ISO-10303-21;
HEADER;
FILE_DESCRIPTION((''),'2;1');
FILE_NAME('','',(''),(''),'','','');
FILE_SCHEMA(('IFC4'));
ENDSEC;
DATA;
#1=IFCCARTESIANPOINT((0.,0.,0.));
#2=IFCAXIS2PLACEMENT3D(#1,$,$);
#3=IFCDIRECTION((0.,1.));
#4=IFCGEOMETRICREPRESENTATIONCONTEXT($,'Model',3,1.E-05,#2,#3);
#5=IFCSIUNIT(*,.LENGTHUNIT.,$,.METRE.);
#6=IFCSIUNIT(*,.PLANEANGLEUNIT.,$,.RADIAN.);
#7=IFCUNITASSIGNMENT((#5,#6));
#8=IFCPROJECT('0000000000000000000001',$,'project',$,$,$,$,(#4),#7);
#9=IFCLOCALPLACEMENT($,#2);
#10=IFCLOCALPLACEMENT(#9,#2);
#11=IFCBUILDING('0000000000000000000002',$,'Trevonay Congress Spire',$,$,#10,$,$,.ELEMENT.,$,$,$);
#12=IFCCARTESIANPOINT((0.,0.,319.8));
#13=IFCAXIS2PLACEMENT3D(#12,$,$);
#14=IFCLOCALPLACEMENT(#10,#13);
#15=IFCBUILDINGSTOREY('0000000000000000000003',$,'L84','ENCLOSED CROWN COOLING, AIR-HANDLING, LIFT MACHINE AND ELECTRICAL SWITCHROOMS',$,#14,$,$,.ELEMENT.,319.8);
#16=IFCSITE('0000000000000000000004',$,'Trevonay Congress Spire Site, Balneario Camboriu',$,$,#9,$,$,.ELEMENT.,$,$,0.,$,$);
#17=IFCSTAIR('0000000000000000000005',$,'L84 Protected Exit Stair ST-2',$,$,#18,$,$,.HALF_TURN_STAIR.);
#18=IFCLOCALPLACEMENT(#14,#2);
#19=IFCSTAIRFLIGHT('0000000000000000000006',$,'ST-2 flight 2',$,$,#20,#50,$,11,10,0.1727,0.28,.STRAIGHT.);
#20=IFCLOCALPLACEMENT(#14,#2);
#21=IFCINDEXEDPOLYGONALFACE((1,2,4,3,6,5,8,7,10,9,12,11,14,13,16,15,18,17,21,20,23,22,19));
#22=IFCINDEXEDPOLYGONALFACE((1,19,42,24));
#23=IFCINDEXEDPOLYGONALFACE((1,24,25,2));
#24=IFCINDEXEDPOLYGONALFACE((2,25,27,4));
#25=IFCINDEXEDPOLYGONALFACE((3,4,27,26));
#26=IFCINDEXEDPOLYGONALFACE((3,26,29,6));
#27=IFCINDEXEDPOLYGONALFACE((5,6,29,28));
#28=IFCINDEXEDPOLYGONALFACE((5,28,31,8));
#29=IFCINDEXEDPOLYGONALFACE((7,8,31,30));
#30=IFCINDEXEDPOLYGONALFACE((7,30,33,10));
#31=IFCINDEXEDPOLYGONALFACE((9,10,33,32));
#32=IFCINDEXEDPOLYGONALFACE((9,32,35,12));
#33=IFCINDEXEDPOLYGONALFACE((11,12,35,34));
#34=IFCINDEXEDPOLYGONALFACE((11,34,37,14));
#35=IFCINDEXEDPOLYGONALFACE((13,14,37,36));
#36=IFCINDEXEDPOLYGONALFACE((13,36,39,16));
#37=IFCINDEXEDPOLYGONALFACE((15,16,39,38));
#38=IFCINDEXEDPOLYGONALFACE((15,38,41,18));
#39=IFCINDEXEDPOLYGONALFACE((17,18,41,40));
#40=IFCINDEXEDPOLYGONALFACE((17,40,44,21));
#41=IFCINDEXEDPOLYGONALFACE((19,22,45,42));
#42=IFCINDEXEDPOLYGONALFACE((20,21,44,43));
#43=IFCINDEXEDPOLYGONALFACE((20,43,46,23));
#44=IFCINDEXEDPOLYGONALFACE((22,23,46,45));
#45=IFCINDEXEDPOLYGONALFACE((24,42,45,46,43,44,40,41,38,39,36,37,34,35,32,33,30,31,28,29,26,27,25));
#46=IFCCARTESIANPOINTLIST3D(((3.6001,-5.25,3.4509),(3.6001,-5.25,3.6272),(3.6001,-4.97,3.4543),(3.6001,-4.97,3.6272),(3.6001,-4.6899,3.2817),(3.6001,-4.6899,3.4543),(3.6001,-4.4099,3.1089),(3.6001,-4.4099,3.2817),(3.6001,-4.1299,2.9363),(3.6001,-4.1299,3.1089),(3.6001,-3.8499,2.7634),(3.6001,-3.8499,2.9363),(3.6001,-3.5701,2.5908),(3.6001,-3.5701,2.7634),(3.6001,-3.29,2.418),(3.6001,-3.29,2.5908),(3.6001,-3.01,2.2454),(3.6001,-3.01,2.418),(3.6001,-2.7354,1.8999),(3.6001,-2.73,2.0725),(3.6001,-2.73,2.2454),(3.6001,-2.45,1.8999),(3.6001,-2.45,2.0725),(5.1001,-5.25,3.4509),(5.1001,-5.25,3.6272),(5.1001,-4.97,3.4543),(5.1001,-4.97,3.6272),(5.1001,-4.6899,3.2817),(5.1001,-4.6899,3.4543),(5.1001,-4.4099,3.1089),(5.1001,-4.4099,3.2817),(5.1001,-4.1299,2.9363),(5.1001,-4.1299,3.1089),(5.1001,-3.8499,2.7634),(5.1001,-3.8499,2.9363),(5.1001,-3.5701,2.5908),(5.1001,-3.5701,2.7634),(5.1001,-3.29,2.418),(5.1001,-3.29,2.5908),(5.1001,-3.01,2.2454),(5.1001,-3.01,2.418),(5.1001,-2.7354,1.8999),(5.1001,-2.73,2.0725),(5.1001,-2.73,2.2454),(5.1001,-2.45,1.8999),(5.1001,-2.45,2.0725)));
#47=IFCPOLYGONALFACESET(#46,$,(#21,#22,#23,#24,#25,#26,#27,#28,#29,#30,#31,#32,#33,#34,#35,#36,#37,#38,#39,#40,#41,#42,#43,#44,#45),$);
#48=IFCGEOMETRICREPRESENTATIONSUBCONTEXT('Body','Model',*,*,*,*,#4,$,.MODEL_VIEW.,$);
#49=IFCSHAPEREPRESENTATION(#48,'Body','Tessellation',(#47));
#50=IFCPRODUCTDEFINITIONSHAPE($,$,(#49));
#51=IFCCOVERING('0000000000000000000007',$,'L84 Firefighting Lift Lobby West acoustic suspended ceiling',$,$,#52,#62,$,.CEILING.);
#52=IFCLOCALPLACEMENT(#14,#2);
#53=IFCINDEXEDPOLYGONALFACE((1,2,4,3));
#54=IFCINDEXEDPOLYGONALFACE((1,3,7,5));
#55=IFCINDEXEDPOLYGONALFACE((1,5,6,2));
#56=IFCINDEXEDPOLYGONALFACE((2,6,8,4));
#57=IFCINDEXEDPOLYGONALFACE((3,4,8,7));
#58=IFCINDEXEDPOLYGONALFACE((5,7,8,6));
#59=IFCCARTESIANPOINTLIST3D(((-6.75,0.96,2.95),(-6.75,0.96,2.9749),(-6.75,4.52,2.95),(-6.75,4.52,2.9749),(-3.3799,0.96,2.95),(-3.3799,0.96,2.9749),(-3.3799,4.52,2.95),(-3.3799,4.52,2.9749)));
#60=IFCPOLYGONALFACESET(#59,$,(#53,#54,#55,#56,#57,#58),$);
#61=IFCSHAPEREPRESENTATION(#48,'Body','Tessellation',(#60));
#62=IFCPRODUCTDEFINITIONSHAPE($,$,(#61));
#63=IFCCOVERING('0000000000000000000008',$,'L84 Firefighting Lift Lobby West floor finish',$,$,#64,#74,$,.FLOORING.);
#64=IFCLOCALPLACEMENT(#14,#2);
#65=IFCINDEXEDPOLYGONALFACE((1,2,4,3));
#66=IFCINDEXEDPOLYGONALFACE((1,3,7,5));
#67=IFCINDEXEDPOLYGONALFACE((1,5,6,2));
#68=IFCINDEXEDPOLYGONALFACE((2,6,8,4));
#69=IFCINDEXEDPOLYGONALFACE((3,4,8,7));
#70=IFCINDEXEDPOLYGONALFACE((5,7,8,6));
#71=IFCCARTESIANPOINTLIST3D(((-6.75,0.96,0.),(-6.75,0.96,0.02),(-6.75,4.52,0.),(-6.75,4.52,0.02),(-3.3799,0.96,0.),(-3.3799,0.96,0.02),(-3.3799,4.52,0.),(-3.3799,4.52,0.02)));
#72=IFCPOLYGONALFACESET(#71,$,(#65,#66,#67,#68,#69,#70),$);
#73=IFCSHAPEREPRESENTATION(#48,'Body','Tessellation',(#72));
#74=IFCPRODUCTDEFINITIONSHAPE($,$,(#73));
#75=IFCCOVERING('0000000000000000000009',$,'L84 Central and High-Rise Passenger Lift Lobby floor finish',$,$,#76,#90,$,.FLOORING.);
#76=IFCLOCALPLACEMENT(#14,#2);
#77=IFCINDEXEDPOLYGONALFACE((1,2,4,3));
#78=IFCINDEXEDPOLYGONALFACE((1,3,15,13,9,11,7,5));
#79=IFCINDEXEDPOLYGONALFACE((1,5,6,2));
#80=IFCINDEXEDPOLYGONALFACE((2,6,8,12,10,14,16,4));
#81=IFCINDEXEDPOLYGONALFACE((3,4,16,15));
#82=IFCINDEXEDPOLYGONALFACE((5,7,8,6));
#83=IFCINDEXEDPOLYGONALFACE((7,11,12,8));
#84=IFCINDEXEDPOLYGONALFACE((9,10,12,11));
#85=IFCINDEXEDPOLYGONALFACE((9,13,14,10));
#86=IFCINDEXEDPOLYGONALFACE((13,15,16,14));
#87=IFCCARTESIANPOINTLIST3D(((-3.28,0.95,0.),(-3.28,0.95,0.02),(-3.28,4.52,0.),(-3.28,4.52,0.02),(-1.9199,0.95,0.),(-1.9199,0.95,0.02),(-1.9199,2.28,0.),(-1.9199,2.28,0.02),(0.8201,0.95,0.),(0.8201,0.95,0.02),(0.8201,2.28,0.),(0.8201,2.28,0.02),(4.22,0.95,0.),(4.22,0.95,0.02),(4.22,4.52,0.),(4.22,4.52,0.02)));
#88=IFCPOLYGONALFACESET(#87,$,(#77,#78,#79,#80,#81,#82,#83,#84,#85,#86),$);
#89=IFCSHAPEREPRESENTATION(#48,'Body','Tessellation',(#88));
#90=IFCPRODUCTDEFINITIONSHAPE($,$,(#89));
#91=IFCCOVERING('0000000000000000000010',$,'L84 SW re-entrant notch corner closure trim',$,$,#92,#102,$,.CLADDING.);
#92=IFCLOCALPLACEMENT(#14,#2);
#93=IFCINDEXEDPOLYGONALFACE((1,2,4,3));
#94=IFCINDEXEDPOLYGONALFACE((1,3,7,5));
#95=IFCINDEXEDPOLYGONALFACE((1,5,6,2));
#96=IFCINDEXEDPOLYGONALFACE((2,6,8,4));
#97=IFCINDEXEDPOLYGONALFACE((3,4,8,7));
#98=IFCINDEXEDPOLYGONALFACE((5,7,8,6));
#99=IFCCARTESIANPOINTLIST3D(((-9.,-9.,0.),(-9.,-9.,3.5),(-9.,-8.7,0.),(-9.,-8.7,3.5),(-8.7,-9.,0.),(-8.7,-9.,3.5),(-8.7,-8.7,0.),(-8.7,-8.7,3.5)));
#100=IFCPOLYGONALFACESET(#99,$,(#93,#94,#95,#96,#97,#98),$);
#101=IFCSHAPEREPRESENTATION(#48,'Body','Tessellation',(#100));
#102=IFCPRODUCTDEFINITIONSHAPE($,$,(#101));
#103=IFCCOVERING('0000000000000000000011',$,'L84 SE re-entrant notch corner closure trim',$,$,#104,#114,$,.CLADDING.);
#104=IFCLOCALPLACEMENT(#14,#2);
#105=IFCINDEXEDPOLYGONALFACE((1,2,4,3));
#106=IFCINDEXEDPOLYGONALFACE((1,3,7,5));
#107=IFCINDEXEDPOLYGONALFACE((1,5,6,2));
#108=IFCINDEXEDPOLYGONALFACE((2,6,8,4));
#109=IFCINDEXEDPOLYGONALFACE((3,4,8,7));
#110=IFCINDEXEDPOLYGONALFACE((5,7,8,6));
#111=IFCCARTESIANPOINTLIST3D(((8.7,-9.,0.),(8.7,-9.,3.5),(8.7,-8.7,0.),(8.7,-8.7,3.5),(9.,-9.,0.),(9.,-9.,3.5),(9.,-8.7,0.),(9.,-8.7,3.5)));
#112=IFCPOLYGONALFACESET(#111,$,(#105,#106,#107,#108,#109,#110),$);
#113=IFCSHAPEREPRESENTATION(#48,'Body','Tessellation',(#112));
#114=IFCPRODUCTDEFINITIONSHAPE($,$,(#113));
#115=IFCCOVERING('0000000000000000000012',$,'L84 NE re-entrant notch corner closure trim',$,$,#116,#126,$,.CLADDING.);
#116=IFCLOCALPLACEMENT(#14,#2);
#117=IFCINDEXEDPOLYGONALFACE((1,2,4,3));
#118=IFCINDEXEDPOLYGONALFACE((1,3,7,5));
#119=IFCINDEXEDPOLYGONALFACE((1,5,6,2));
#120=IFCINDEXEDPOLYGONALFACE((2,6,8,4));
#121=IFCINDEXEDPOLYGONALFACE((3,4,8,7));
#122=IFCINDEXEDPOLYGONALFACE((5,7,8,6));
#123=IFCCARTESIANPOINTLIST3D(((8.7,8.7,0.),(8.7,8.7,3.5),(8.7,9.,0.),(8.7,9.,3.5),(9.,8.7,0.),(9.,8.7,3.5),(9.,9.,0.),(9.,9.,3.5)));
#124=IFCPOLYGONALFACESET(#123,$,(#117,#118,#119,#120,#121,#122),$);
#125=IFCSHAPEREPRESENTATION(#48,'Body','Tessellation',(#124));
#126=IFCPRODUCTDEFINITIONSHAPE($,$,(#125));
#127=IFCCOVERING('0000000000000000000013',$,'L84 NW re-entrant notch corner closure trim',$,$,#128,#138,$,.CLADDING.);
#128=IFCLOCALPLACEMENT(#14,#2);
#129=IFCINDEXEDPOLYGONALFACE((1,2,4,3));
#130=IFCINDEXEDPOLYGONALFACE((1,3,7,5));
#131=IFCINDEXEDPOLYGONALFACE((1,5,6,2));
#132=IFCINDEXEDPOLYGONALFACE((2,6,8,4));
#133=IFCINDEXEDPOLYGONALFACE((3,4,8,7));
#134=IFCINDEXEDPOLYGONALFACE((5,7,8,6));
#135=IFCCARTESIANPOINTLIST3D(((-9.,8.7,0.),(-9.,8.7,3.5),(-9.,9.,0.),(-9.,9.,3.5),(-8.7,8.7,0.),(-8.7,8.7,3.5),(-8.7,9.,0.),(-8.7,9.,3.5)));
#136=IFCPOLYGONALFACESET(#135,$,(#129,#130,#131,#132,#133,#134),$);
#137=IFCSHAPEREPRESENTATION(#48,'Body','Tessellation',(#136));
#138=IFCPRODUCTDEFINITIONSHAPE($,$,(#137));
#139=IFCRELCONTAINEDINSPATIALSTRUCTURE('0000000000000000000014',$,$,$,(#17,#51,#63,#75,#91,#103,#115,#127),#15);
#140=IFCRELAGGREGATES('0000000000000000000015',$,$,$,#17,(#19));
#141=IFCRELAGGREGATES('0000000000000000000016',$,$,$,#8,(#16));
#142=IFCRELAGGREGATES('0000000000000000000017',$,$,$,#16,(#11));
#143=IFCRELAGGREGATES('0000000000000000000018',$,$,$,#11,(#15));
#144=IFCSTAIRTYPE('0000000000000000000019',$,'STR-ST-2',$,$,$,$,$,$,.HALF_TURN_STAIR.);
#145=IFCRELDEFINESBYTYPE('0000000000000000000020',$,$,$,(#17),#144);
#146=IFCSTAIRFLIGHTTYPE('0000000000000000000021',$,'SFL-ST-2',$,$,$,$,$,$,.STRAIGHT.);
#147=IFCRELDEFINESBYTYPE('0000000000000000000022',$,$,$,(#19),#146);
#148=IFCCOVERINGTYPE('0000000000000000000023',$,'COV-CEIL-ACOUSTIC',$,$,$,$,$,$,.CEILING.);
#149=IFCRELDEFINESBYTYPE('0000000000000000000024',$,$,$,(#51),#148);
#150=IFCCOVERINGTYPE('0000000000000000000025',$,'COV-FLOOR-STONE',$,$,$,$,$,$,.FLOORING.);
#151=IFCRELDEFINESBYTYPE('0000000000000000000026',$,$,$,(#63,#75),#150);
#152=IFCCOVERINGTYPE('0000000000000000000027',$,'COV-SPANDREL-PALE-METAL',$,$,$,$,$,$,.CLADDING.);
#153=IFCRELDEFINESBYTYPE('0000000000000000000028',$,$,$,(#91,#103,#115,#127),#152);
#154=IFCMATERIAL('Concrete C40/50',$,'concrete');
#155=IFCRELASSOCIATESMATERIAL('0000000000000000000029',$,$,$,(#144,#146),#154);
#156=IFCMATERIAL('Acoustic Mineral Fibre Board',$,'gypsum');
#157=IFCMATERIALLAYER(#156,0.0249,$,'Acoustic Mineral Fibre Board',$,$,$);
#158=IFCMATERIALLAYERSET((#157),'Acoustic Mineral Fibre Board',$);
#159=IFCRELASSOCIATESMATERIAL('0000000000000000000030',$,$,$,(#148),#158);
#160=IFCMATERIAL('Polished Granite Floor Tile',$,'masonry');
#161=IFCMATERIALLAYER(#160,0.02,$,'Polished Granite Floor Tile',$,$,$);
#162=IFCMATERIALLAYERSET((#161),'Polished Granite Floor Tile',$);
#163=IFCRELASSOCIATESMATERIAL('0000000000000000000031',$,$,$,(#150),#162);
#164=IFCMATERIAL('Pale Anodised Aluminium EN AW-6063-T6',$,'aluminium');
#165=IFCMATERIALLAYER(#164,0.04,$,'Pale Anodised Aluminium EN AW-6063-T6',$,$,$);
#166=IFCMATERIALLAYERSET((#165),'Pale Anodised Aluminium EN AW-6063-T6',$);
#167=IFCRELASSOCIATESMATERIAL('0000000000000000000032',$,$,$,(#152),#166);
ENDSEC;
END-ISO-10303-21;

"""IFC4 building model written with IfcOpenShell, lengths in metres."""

from ifc_helpers import new_model, si_unit, direction, frame, origin, place, context, subcontext, project, spatial, polyline, outline, extrude, material, layer, layer_set, type_object, element, aggregate, save


model = new_model("IFC4")

# Units and contexts
model_context = context("Model", 3, precision=1e-05, world=origin(), true_north=direction((0.0, 1.0)))
body_context = subcontext(model_context, "Body", "Model", "MODEL_VIEW")
ifc_project = project(units=[si_unit("LENGTHUNIT", "METRE"), si_unit("PLANEANGLEUNIT", "RADIAN")], contexts=[model_context])

# Site, building, storey
site_placement = place(None, origin())
site = spatial("IfcSite", under=ifc_project, at=site_placement, Name="Trevonay Congress Spire Site, Balneario Camboriu", CompositionType="ELEMENT", RefElevation=0.0)
building_placement = place(site_placement, origin())
building = spatial("IfcBuilding", under=site, at=building_placement, Name="Trevonay Congress Spire", CompositionType="ELEMENT")
storey_placement = place(building_placement, frame((0.0, 0.0, 319.8)))
storey = spatial("IfcBuildingStorey", under=building, at=storey_placement, Name="L84", Description="ENCLOSED CROWN COOLING, AIR-HANDLING, LIFT MACHINE AND ELECTRICAL SWITCHROOMS", CompositionType="ELEMENT", Elevation=319.8)

# Shared definitions
ifc_material_1 = material(Name="Pale Anodised Aluminium EN AW-6063-T6", Category="aluminium")

# Stair
ifc_material_2 = material(Name="Concrete C40/50", Category="concrete")
stair_type_1 = type_object("IfcStairType", Name="STR-ST-2", PredefinedType="HALF_TURN_STAIR", material=ifc_material_2)
stair_1_placement = place(storey_placement, origin())
stair_1 = element("IfcStair", 1, at=stair_1_placement, inside=storey, type_object=stair_type_1, Name="L84 Protected Exit Stair ST-2", PredefinedType="HALF_TURN_STAIR")

# Stair flight
stair_flight_type = type_object("IfcStairFlightType", Name="SFL-ST-2", PredefinedType="STRAIGHT", material=ifc_material_2)
stair_flight_1_placement = place(storey_placement, frame((4.3501, -2.45, 1.8999), z_axis=(0.0, 0.0, 1.0), x_axis=(0.0, -1.0, 0.0)))
stair_flight_1 = element("IfcStairFlight", 2, at=stair_flight_1_placement, type_object=stair_flight_type, Name="ST-2 flight 2", NumberOfRisers=11, NumberOfTreads=10, PredefinedType="STRAIGHT", RiserHeight=0.1727, TreadLength=0.28, context=body_context, shape_type="SweptSolid", body=[
    extrude(outline(polyline([(0.0, 0.0), (0.0, 0.1726), (0.28, 0.1726), (0.28, 0.3455), (0.5601, 0.3455), (0.5601, 0.5181), (0.8401, 0.5181), (0.8401, 0.6909), (1.1201, 0.6909), (1.1201, 0.8635), (1.3999, 0.8635), (1.3999, 1.0364), (1.6799, 1.0364), (1.6799, 1.209), (1.96, 1.209), (1.96, 1.3818), (2.24, 1.3818), (2.24, 1.5544), (2.52, 1.5544), (2.52, 1.7273), (2.8, 1.7273), (2.8, 1.8999), (2.8, 1.551), (0.2854, 0.0), (0.0, 0.0)])), frame((0.0, 0.75, 0.0), z_axis=(0.0, -1.0, 0.0), x_axis=(1.0, 0.0, 0.0)), (0.0, 0.0, 1.0), 1.5),
])
aggregate(stair_1, [stair_flight_1])

# Coverings
ifc_material_3 = material(Name="Acoustic Mineral Fibre Board", Category="gypsum")
ifc_layer_1 = layer(ifc_material_3, 0.0249, Name="Acoustic Mineral Fibre Board")
ifc_layer_set_1 = layer_set([ifc_layer_1], Name="Acoustic Mineral Fibre Board")
covering_type_1 = type_object("IfcCoveringType", Name="COV-CEIL-ACOUSTIC", PredefinedType="CEILING", material=ifc_layer_set_1)
covering_1_placement = place(storey_placement, frame((0.0, 0.0, 2.95)))
element("IfcCovering", 3, at=covering_1_placement, inside=storey, type_object=covering_type_1, Name="L84 Firefighting Lift Lobby West acoustic suspended ceiling", PredefinedType="CEILING", context=body_context, shape_type="SweptSolid", body=[
    extrude(outline(polyline([(-6.75, 0.96), (-3.3799, 0.96), (-3.3799, 4.52), (-6.75, 4.52), (-6.75, 0.96)])), origin(), (0.0, 0.0, 1.0), 0.0249),
])
ifc_material_4 = material(Name="Polished Granite Floor Tile", Category="masonry")
ifc_layer_2 = layer(ifc_material_4, 0.02, Name="Polished Granite Floor Tile")
ifc_layer_set_2 = layer_set([ifc_layer_2], Name="Polished Granite Floor Tile")
covering_type_2 = type_object("IfcCoveringType", Name="COV-FLOOR-STONE", PredefinedType="FLOORING", material=ifc_layer_set_2)
covering_2_placement = place(storey_placement, origin())
element("IfcCovering", 4, at=covering_2_placement, inside=storey, type_object=covering_type_2, Name="L84 Firefighting Lift Lobby West floor finish", PredefinedType="FLOORING", context=body_context, shape_type="SweptSolid", body=[
    extrude(outline(polyline([(-6.75, 0.96), (-3.3799, 0.96), (-3.3799, 4.52), (-6.75, 4.52), (-6.75, 0.96)])), origin(), (0.0, 0.0, 1.0), 0.02),
])
covering_3_placement = place(storey_placement, origin())
element("IfcCovering", 5, at=covering_3_placement, inside=storey, type_object=covering_type_2, Name="L84 Central and High-Rise Passenger Lift Lobby floor finish", PredefinedType="FLOORING", context=body_context, shape_type="SweptSolid", body=[
    extrude(outline(polyline([(-3.28, 0.95), (-1.9199, 0.95), (-1.9199, 2.28), (0.8201, 2.28), (0.8201, 0.95), (4.22, 0.95), (4.22, 4.52), (-3.28, 4.52), (-3.28, 0.95)])), origin(), (0.0, 0.0, 1.0), 0.02),
])
ifc_layer_3 = layer(ifc_material_1, 0.04, Name="Pale Anodised Aluminium EN AW-6063-T6")
ifc_layer_set_3 = layer_set([ifc_layer_3], Name="Pale Anodised Aluminium EN AW-6063-T6")
covering_type_3 = type_object("IfcCoveringType", Name="COV-SPANDREL-PALE-METAL", PredefinedType="CLADDING", material=ifc_layer_set_3)
covering_4_placement = place(storey_placement, origin())
element("IfcCovering", 6, at=covering_4_placement, inside=storey, type_object=covering_type_3, Name="L84 SW re-entrant notch corner closure trim", PredefinedType="CLADDING", context=body_context, shape_type="SweptSolid", body=[
    extrude(outline(polyline([(-9.0, -9.0), (-8.7, -9.0), (-8.7, -8.7), (-9.0, -8.7), (-9.0, -9.0)])), origin(), (0.0, 0.0, 1.0), 3.5),
])
covering_5_placement = place(storey_placement, origin())
element("IfcCovering", 7, at=covering_5_placement, inside=storey, type_object=covering_type_3, Name="L84 SE re-entrant notch corner closure trim", PredefinedType="CLADDING", context=body_context, shape_type="SweptSolid", body=[
    extrude(outline(polyline([(8.7, -9.0), (9.0, -9.0), (9.0, -8.7), (8.7, -8.7), (8.7, -9.0)])), origin(), (0.0, 0.0, 1.0), 3.5),
])
covering_6_placement = place(storey_placement, origin())
element("IfcCovering", 8, at=covering_6_placement, inside=storey, type_object=covering_type_3, Name="L84 NE re-entrant notch corner closure trim", PredefinedType="CLADDING", context=body_context, shape_type="SweptSolid", body=[
    extrude(outline(polyline([(8.7, 8.7), (9.0, 8.7), (9.0, 9.0), (8.7, 9.0), (8.7, 8.7)])), origin(), (0.0, 0.0, 1.0), 3.5),
])
covering_7_placement = place(storey_placement, origin())
element("IfcCovering", 9, at=covering_7_placement, inside=storey, type_object=covering_type_3, Name="L84 NW re-entrant notch corner closure trim", PredefinedType="CLADDING", context=body_context, shape_type="SweptSolid", body=[
    extrude(outline(polyline([(-9.0, 8.7), (-8.7, 8.7), (-8.7, 9.0), (-9.0, 9.0), (-9.0, 8.7)])), origin(), (0.0, 0.0, 1.0), 3.5),
])

save(model, "model.ifc")
